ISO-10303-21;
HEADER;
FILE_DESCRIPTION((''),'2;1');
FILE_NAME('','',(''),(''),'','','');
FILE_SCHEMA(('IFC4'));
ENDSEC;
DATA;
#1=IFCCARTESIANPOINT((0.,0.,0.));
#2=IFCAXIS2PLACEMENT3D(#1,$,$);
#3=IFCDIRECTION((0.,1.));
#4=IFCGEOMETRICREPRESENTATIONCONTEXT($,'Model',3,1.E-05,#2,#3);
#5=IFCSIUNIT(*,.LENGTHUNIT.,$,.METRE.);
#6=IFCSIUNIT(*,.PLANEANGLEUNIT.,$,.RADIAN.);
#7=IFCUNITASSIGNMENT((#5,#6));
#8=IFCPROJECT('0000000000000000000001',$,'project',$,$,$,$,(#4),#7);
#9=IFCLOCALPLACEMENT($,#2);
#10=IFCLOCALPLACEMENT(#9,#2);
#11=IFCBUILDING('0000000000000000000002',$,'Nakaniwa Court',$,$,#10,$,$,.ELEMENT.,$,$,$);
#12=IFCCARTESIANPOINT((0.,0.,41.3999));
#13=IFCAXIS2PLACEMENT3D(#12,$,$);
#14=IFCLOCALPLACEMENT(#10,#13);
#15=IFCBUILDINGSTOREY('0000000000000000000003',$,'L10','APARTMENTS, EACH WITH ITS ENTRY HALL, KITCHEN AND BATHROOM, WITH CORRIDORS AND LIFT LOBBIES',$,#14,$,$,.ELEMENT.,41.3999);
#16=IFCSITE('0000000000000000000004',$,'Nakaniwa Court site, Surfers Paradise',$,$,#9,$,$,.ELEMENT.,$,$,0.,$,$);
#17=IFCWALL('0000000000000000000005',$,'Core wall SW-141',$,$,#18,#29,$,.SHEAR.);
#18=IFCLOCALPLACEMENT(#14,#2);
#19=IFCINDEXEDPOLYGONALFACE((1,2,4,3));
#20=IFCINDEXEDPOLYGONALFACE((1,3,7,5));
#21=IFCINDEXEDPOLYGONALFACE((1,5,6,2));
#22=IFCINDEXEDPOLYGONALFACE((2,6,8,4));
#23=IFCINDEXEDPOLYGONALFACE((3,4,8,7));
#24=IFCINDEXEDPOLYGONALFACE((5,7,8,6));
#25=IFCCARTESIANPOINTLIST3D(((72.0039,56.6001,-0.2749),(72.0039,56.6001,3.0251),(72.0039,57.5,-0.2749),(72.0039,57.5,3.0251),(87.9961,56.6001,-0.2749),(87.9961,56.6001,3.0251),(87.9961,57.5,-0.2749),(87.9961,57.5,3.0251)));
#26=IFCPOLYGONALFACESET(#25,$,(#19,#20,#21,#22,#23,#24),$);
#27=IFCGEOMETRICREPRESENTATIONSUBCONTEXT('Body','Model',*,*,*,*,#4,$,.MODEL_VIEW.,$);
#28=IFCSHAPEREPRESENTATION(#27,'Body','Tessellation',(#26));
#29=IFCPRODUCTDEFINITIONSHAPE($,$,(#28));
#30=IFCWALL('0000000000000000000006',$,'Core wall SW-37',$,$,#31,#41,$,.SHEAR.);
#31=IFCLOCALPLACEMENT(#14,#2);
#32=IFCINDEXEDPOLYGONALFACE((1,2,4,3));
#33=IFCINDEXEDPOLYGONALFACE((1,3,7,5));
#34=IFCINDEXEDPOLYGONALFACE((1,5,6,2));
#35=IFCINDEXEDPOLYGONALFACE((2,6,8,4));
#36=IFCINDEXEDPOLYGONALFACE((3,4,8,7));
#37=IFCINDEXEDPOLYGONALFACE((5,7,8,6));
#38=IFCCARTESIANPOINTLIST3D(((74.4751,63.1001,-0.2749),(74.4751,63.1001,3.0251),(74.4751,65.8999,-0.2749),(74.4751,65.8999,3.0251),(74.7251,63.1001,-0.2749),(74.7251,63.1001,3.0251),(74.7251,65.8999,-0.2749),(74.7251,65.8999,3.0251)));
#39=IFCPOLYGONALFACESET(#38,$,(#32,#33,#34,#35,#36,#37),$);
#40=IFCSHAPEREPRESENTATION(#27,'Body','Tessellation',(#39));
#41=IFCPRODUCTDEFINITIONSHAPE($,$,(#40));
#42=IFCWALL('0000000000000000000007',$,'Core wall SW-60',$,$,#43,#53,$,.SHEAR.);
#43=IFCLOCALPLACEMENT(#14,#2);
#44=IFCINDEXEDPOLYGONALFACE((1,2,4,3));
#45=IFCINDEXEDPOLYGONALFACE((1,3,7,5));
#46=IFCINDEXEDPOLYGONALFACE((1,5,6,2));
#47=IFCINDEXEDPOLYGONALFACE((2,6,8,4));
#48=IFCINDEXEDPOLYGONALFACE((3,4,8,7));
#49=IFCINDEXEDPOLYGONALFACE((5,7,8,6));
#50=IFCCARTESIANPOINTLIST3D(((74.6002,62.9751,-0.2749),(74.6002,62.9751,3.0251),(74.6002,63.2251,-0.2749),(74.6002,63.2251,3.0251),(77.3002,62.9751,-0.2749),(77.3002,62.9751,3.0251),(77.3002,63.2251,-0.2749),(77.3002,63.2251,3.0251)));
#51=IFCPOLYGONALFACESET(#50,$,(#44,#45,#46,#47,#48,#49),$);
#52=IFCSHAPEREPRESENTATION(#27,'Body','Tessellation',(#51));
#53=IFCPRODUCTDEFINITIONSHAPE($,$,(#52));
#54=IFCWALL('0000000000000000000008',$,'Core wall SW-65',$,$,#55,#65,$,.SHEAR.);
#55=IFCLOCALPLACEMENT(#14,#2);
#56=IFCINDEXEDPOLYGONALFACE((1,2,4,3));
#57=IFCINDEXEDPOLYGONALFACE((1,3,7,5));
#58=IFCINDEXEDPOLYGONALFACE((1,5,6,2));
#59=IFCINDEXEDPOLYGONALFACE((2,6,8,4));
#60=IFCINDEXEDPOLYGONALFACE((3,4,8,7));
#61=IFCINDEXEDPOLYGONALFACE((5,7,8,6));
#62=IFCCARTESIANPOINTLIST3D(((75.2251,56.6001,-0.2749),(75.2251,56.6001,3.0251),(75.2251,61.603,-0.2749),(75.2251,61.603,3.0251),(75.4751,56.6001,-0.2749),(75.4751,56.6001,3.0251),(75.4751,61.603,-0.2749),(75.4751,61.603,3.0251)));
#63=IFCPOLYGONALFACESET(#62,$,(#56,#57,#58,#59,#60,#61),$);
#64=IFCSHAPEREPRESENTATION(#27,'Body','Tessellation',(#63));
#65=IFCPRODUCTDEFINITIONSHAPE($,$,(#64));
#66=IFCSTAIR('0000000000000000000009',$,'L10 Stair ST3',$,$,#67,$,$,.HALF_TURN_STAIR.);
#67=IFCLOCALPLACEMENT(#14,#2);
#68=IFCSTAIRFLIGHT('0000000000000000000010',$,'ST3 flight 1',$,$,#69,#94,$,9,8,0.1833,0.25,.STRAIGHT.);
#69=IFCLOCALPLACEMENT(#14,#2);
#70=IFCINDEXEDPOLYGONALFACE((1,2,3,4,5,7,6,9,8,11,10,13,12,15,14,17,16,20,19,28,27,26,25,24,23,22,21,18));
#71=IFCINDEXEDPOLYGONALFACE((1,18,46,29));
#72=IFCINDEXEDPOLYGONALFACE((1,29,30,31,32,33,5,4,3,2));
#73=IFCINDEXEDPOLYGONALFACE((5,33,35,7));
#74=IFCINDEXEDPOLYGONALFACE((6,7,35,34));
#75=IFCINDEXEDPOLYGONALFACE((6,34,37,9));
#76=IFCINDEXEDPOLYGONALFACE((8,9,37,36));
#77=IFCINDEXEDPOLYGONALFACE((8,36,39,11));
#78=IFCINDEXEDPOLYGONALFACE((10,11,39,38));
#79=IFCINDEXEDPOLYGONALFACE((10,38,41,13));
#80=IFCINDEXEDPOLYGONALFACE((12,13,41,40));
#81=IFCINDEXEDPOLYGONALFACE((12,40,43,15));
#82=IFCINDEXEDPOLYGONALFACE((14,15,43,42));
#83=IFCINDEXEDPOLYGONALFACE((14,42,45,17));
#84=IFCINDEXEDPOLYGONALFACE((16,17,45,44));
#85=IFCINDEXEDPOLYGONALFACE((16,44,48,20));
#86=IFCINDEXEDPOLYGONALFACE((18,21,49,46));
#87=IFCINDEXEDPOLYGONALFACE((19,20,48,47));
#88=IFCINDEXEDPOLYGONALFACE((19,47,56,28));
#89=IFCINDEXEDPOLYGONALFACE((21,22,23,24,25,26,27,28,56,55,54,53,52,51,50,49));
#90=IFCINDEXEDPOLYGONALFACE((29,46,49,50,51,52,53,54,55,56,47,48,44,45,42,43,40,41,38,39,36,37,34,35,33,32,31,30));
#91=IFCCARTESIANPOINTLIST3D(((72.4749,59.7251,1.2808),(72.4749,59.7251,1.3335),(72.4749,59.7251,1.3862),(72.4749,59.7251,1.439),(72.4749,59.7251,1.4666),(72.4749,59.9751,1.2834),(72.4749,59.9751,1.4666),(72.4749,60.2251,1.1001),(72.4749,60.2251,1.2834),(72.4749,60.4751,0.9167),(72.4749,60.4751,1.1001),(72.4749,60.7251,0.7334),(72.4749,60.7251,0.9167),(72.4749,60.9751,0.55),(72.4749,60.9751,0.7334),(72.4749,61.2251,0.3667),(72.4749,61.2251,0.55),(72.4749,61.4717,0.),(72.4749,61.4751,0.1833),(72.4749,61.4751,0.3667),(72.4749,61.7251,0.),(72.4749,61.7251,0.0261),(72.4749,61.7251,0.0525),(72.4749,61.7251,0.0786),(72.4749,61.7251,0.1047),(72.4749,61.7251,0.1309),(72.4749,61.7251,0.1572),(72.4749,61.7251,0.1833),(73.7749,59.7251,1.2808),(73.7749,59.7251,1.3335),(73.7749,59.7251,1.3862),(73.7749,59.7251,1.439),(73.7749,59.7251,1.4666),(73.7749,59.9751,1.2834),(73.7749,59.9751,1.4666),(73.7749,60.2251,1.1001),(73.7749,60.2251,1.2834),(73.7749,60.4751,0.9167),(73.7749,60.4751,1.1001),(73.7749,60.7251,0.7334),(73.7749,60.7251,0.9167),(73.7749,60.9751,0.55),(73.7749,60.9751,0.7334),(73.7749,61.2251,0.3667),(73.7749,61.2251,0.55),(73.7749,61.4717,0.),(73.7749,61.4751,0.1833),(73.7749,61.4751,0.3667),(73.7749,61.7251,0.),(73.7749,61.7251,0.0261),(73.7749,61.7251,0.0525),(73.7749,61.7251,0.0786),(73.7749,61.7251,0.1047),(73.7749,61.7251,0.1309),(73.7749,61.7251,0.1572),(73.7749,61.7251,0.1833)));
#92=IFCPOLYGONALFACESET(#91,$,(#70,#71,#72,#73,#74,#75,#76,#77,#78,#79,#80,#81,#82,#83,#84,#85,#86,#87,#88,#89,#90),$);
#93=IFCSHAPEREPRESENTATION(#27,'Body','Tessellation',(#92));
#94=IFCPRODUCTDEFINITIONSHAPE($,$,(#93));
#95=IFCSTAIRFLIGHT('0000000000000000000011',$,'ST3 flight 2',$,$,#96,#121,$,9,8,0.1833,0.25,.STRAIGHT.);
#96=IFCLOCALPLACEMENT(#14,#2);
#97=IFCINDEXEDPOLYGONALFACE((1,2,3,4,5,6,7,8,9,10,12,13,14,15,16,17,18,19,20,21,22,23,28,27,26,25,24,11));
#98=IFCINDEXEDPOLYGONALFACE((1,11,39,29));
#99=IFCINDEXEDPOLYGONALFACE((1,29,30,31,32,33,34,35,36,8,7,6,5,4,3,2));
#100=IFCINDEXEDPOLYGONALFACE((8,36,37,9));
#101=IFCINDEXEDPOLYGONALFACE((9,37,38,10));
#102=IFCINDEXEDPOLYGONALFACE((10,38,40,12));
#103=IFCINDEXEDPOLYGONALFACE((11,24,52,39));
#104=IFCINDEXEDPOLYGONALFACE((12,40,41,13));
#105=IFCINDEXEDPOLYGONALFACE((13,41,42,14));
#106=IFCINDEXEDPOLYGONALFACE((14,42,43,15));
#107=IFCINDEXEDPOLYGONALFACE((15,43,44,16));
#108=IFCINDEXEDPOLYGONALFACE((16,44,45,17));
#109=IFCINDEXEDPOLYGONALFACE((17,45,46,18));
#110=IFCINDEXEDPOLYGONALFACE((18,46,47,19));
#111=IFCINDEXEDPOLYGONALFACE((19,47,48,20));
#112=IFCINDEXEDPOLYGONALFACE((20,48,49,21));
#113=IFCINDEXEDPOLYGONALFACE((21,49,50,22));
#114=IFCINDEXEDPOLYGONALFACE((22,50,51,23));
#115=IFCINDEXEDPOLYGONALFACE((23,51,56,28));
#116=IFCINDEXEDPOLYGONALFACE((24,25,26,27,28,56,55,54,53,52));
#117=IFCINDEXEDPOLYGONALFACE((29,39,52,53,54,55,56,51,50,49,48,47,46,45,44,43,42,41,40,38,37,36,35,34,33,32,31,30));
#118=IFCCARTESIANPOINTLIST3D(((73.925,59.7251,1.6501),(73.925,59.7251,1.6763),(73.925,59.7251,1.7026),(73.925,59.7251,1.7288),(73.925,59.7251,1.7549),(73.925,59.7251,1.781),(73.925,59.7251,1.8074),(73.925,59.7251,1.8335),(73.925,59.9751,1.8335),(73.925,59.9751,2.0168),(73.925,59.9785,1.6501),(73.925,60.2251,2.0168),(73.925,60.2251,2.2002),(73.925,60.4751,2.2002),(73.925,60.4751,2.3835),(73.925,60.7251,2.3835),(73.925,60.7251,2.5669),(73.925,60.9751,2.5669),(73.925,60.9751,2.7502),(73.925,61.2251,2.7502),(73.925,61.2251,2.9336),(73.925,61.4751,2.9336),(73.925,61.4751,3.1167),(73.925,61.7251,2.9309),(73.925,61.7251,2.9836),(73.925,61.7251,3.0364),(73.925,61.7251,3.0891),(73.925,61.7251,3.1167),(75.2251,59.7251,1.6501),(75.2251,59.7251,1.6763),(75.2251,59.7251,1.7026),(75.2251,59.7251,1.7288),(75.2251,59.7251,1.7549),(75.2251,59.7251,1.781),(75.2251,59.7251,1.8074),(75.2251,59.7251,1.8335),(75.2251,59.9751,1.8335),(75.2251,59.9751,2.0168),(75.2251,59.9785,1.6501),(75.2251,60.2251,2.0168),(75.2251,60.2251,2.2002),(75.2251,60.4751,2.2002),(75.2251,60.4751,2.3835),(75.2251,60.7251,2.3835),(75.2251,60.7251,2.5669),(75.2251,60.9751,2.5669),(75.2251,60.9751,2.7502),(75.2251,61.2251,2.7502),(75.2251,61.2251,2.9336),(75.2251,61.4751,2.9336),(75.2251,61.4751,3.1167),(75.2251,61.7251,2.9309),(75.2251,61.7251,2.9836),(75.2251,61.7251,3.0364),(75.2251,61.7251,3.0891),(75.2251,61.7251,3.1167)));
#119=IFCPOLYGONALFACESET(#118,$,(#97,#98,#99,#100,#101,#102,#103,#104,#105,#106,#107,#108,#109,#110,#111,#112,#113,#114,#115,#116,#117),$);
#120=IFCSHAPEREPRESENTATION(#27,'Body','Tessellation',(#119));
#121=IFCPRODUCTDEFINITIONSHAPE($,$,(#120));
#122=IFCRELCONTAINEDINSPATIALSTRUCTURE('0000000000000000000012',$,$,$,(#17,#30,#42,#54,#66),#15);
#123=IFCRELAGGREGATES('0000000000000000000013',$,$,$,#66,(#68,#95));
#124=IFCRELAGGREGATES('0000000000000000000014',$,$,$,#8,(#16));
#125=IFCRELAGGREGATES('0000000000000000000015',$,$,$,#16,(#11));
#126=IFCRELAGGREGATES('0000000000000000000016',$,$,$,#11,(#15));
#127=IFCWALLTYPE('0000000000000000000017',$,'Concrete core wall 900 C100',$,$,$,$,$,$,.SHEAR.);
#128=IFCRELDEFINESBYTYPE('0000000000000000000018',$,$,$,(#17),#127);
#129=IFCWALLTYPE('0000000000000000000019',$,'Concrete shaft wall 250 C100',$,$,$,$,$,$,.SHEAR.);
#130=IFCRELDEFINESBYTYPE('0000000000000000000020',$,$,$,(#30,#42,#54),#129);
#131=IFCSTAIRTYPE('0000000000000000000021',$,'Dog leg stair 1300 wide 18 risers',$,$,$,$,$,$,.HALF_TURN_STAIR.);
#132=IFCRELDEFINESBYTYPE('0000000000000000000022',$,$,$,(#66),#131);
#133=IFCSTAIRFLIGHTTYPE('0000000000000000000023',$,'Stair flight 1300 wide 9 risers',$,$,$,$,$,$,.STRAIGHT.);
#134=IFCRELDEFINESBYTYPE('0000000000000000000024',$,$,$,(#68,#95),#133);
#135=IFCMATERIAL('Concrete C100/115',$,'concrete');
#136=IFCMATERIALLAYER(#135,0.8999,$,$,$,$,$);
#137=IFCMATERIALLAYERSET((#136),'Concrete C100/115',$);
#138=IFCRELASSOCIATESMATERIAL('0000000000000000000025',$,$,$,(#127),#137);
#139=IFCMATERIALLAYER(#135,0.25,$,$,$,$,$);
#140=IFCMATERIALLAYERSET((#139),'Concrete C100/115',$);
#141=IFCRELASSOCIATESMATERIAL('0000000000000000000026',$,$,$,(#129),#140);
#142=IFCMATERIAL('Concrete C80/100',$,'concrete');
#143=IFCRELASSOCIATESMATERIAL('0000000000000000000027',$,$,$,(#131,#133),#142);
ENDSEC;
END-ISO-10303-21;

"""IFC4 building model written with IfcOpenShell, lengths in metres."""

from ifc_helpers import new_model, si_unit, direction, frame, frame_2d, origin, place, context, subcontext, project, spatial, polyline, rectangle, outline, extrude, material, layer, layer_set, type_object, element, aggregate, save


model = new_model("IFC4")

# Units and contexts
model_context = context("Model", 3, precision=1e-05, world=origin(), true_north=direction((0.0, 1.0)))
body_context = subcontext(model_context, "Body", "Model", "MODEL_VIEW")
ifc_project = project(units=[si_unit("LENGTHUNIT", "METRE"), si_unit("PLANEANGLEUNIT", "RADIAN")], contexts=[model_context])

# Site, building, storey
site_placement = place(None, origin())
site = spatial("IfcSite", under=ifc_project, at=site_placement, Name="Nakaniwa Court site, Surfers Paradise", CompositionType="ELEMENT", RefElevation=0.0)
building_placement = place(site_placement, origin())
building = spatial("IfcBuilding", under=site, at=building_placement, Name="Nakaniwa Court", CompositionType="ELEMENT")
storey_placement = place(building_placement, frame((0.0, 0.0, 41.3999)))
storey = spatial("IfcBuildingStorey", under=building, at=storey_placement, Name="L10", Description="APARTMENTS, EACH WITH ITS ENTRY HALL, KITCHEN AND BATHROOM, WITH CORRIDORS AND LIFT LOBBIES", CompositionType="ELEMENT", Elevation=41.3999)

# Shared definitions
ifc_material_1 = material(Name="Concrete C80/100", Category="concrete")

# Shared definitions
ifc_material_2 = material(Name="Concrete C100/115", Category="concrete")

# Walls
ifc_layer_1 = layer(ifc_material_2, 0.8999)
ifc_layer_set_1 = layer_set([ifc_layer_1], Name="Concrete C100/115")
wall_type_1 = type_object("IfcWallType", Name="Concrete core wall 900 C100", PredefinedType="SHEAR", material=ifc_layer_set_1)
wall_1_placement = place(storey_placement, frame((72.0039, 57.05, -0.2749), z_axis=(0.0, 0.0, 1.0), x_axis=(1.0, 0.0, 0.0)))
element("IfcWall", 1, at=wall_1_placement, inside=storey, type_object=wall_type_1, Name="Core wall SW-141", PredefinedType="SHEAR", context=body_context, shape_type="SweptSolid", body=[
    extrude(rectangle(XDim=15.9922, YDim=0.8999, at=frame_2d((7.9961, 0.0))), origin(), (0.0, 0.0, 1.0), 3.3),
])
ifc_layer_2 = layer(ifc_material_2, 0.25)
ifc_layer_set_2 = layer_set([ifc_layer_2], Name="Concrete C100/115")
wall_type_2 = type_object("IfcWallType", Name="Concrete shaft wall 250 C100", PredefinedType="SHEAR", material=ifc_layer_set_2)
wall_2_placement = place(storey_placement, frame((74.6001, 63.1001, -0.2749), z_axis=(0.0, 0.0, 1.0), x_axis=(0.0, 1.0, 0.0)))
element("IfcWall", 2, at=wall_2_placement, inside=storey, type_object=wall_type_2, Name="Core wall SW-37", PredefinedType="SHEAR", context=body_context, shape_type="SweptSolid", body=[
    extrude(rectangle(XDim=2.7998, YDim=0.25, at=frame_2d((1.3999, 0.0))), origin(), (0.0, 0.0, 1.0), 3.3),
])
wall_3_placement = place(storey_placement, frame((74.6001, 63.1001, -0.2749), z_axis=(0.0, 0.0, 1.0), x_axis=(1.0, 0.0, 0.0)))
element("IfcWall", 3, at=wall_3_placement, inside=storey, type_object=wall_type_2, Name="Core wall SW-60", PredefinedType="SHEAR", context=body_context, shape_type="SweptSolid", body=[
    extrude(rectangle(XDim=2.7, YDim=0.25, at=frame_2d((1.3501, 0.0))), origin(), (0.0, 0.0, 1.0), 3.3),
])
wall_4_placement = place(storey_placement, frame((75.3501, 56.6001, -0.2749), z_axis=(0.0, 0.0, 1.0), x_axis=(0.0, 1.0, 0.0)))
element("IfcWall", 4, at=wall_4_placement, inside=storey, type_object=wall_type_2, Name="Core wall SW-65", PredefinedType="SHEAR", context=body_context, shape_type="SweptSolid", body=[
    extrude(rectangle(XDim=5.0029, YDim=0.25, at=frame_2d((2.5015, 0.0))), origin(), (0.0, 0.0, 1.0), 3.3),
])

# Stair, stair flights
stair_type = type_object("IfcStairType", Name="Dog leg stair 1300 wide 18 risers", PredefinedType="HALF_TURN_STAIR", material=ifc_material_1)
stair_placement = place(storey_placement, origin())
stair = element("IfcStair", 5, at=stair_placement, inside=storey, type_object=stair_type, Name="L10 Stair ST3", PredefinedType="HALF_TURN_STAIR")
stair_flight_type = type_object("IfcStairFlightType", Name="Stair flight 1300 wide 9 risers", PredefinedType="STRAIGHT", material=ifc_material_1)
stair_flight_1_placement = place(storey_placement, frame((73.125, 61.7251, 0.0), z_axis=(0.0, 0.0, 1.0), x_axis=(0.0, -1.0, 0.0)))
stair_flight_1 = element("IfcStairFlight", 6, at=stair_flight_1_placement, type_object=stair_flight_type, Name="ST3 flight 1", NumberOfRisers=9, NumberOfTreads=8, PredefinedType="STRAIGHT", RiserHeight=0.1833, TreadLength=0.25, context=body_context, shape_type="SweptSolid", body=[
    extrude(outline(polyline([(0.0, 0.0), (0.0, 0.0261), (0.0, 0.0525), (0.0, 0.0786), (0.0, 0.1047), (0.0, 0.1309), (0.0, 0.1572), (0.0, 0.1833), (0.25, 0.1833), (0.25, 0.3667), (0.5, 0.3667), (0.5, 0.55), (0.75, 0.55), (0.75, 0.7334), (1.0, 0.7334), (1.0, 0.9167), (1.25, 0.9167), (1.25, 1.1001), (1.5, 1.1001), (1.5, 1.2834), (1.75, 1.2834), (1.75, 1.4666), (2.0, 1.4666), (2.0, 1.6499), (2.0, 1.5972), (2.0, 1.5444), (2.0, 1.4917), (2.0, 1.439), (2.0, 1.3862), (2.0, 1.3335), (2.0, 1.2808), (0.2534, 0.0), (0.0, 0.0)])), frame((0.0, 0.6499, 0.0), z_axis=(0.0, -1.0, 0.0), x_axis=(1.0, 0.0, 0.0)), (0.0, 0.0, 1.0), 1.3),
])
stair_flight_2_placement = place(storey_placement, frame((74.575, 59.7251, 1.6501), z_axis=(0.0, 0.0, 1.0), x_axis=(0.0, 1.0, 0.0)))
stair_flight_2 = element("IfcStairFlight", 7, at=stair_flight_2_placement, type_object=stair_flight_type, Name="ST3 flight 2", NumberOfRisers=9, NumberOfTreads=8, PredefinedType="STRAIGHT", RiserHeight=0.1833, TreadLength=0.25, context=body_context, shape_type="SweptSolid", body=[
    extrude(outline(polyline([(0.0, 0.0), (0.0, 0.0261), (0.0, 0.0525), (0.0, 0.0786), (0.0, 0.1047), (0.0, 0.1309), (0.0, 0.1572), (0.0, 0.1833), (0.25, 0.1833), (0.25, 0.3667), (0.5, 0.3667), (0.5, 0.55), (0.75, 0.55), (0.75, 0.7334), (1.0, 0.7334), (1.0, 0.9167), (1.25, 0.9167), (1.25, 1.1001), (1.5, 1.1001), (1.5, 1.2834), (1.75, 1.2834), (1.75, 1.4666), (2.0, 1.4666), (2.0, 1.6499), (2.0, 1.5972), (2.0, 1.5444), (2.0, 1.4917), (2.0, 1.439), (2.0, 1.3862), (2.0, 1.3335), (2.0, 1.2808), (0.2534, 0.0), (0.0, 0.0)])), frame((0.0, 0.6499, 0.0), z_axis=(0.0, -1.0, 0.0), x_axis=(1.0, 0.0, 0.0)), (0.0, 0.0, 1.0), 1.3),
])
aggregate(stair, [stair_flight_1, stair_flight_2])

save(model, "model.ifc")
